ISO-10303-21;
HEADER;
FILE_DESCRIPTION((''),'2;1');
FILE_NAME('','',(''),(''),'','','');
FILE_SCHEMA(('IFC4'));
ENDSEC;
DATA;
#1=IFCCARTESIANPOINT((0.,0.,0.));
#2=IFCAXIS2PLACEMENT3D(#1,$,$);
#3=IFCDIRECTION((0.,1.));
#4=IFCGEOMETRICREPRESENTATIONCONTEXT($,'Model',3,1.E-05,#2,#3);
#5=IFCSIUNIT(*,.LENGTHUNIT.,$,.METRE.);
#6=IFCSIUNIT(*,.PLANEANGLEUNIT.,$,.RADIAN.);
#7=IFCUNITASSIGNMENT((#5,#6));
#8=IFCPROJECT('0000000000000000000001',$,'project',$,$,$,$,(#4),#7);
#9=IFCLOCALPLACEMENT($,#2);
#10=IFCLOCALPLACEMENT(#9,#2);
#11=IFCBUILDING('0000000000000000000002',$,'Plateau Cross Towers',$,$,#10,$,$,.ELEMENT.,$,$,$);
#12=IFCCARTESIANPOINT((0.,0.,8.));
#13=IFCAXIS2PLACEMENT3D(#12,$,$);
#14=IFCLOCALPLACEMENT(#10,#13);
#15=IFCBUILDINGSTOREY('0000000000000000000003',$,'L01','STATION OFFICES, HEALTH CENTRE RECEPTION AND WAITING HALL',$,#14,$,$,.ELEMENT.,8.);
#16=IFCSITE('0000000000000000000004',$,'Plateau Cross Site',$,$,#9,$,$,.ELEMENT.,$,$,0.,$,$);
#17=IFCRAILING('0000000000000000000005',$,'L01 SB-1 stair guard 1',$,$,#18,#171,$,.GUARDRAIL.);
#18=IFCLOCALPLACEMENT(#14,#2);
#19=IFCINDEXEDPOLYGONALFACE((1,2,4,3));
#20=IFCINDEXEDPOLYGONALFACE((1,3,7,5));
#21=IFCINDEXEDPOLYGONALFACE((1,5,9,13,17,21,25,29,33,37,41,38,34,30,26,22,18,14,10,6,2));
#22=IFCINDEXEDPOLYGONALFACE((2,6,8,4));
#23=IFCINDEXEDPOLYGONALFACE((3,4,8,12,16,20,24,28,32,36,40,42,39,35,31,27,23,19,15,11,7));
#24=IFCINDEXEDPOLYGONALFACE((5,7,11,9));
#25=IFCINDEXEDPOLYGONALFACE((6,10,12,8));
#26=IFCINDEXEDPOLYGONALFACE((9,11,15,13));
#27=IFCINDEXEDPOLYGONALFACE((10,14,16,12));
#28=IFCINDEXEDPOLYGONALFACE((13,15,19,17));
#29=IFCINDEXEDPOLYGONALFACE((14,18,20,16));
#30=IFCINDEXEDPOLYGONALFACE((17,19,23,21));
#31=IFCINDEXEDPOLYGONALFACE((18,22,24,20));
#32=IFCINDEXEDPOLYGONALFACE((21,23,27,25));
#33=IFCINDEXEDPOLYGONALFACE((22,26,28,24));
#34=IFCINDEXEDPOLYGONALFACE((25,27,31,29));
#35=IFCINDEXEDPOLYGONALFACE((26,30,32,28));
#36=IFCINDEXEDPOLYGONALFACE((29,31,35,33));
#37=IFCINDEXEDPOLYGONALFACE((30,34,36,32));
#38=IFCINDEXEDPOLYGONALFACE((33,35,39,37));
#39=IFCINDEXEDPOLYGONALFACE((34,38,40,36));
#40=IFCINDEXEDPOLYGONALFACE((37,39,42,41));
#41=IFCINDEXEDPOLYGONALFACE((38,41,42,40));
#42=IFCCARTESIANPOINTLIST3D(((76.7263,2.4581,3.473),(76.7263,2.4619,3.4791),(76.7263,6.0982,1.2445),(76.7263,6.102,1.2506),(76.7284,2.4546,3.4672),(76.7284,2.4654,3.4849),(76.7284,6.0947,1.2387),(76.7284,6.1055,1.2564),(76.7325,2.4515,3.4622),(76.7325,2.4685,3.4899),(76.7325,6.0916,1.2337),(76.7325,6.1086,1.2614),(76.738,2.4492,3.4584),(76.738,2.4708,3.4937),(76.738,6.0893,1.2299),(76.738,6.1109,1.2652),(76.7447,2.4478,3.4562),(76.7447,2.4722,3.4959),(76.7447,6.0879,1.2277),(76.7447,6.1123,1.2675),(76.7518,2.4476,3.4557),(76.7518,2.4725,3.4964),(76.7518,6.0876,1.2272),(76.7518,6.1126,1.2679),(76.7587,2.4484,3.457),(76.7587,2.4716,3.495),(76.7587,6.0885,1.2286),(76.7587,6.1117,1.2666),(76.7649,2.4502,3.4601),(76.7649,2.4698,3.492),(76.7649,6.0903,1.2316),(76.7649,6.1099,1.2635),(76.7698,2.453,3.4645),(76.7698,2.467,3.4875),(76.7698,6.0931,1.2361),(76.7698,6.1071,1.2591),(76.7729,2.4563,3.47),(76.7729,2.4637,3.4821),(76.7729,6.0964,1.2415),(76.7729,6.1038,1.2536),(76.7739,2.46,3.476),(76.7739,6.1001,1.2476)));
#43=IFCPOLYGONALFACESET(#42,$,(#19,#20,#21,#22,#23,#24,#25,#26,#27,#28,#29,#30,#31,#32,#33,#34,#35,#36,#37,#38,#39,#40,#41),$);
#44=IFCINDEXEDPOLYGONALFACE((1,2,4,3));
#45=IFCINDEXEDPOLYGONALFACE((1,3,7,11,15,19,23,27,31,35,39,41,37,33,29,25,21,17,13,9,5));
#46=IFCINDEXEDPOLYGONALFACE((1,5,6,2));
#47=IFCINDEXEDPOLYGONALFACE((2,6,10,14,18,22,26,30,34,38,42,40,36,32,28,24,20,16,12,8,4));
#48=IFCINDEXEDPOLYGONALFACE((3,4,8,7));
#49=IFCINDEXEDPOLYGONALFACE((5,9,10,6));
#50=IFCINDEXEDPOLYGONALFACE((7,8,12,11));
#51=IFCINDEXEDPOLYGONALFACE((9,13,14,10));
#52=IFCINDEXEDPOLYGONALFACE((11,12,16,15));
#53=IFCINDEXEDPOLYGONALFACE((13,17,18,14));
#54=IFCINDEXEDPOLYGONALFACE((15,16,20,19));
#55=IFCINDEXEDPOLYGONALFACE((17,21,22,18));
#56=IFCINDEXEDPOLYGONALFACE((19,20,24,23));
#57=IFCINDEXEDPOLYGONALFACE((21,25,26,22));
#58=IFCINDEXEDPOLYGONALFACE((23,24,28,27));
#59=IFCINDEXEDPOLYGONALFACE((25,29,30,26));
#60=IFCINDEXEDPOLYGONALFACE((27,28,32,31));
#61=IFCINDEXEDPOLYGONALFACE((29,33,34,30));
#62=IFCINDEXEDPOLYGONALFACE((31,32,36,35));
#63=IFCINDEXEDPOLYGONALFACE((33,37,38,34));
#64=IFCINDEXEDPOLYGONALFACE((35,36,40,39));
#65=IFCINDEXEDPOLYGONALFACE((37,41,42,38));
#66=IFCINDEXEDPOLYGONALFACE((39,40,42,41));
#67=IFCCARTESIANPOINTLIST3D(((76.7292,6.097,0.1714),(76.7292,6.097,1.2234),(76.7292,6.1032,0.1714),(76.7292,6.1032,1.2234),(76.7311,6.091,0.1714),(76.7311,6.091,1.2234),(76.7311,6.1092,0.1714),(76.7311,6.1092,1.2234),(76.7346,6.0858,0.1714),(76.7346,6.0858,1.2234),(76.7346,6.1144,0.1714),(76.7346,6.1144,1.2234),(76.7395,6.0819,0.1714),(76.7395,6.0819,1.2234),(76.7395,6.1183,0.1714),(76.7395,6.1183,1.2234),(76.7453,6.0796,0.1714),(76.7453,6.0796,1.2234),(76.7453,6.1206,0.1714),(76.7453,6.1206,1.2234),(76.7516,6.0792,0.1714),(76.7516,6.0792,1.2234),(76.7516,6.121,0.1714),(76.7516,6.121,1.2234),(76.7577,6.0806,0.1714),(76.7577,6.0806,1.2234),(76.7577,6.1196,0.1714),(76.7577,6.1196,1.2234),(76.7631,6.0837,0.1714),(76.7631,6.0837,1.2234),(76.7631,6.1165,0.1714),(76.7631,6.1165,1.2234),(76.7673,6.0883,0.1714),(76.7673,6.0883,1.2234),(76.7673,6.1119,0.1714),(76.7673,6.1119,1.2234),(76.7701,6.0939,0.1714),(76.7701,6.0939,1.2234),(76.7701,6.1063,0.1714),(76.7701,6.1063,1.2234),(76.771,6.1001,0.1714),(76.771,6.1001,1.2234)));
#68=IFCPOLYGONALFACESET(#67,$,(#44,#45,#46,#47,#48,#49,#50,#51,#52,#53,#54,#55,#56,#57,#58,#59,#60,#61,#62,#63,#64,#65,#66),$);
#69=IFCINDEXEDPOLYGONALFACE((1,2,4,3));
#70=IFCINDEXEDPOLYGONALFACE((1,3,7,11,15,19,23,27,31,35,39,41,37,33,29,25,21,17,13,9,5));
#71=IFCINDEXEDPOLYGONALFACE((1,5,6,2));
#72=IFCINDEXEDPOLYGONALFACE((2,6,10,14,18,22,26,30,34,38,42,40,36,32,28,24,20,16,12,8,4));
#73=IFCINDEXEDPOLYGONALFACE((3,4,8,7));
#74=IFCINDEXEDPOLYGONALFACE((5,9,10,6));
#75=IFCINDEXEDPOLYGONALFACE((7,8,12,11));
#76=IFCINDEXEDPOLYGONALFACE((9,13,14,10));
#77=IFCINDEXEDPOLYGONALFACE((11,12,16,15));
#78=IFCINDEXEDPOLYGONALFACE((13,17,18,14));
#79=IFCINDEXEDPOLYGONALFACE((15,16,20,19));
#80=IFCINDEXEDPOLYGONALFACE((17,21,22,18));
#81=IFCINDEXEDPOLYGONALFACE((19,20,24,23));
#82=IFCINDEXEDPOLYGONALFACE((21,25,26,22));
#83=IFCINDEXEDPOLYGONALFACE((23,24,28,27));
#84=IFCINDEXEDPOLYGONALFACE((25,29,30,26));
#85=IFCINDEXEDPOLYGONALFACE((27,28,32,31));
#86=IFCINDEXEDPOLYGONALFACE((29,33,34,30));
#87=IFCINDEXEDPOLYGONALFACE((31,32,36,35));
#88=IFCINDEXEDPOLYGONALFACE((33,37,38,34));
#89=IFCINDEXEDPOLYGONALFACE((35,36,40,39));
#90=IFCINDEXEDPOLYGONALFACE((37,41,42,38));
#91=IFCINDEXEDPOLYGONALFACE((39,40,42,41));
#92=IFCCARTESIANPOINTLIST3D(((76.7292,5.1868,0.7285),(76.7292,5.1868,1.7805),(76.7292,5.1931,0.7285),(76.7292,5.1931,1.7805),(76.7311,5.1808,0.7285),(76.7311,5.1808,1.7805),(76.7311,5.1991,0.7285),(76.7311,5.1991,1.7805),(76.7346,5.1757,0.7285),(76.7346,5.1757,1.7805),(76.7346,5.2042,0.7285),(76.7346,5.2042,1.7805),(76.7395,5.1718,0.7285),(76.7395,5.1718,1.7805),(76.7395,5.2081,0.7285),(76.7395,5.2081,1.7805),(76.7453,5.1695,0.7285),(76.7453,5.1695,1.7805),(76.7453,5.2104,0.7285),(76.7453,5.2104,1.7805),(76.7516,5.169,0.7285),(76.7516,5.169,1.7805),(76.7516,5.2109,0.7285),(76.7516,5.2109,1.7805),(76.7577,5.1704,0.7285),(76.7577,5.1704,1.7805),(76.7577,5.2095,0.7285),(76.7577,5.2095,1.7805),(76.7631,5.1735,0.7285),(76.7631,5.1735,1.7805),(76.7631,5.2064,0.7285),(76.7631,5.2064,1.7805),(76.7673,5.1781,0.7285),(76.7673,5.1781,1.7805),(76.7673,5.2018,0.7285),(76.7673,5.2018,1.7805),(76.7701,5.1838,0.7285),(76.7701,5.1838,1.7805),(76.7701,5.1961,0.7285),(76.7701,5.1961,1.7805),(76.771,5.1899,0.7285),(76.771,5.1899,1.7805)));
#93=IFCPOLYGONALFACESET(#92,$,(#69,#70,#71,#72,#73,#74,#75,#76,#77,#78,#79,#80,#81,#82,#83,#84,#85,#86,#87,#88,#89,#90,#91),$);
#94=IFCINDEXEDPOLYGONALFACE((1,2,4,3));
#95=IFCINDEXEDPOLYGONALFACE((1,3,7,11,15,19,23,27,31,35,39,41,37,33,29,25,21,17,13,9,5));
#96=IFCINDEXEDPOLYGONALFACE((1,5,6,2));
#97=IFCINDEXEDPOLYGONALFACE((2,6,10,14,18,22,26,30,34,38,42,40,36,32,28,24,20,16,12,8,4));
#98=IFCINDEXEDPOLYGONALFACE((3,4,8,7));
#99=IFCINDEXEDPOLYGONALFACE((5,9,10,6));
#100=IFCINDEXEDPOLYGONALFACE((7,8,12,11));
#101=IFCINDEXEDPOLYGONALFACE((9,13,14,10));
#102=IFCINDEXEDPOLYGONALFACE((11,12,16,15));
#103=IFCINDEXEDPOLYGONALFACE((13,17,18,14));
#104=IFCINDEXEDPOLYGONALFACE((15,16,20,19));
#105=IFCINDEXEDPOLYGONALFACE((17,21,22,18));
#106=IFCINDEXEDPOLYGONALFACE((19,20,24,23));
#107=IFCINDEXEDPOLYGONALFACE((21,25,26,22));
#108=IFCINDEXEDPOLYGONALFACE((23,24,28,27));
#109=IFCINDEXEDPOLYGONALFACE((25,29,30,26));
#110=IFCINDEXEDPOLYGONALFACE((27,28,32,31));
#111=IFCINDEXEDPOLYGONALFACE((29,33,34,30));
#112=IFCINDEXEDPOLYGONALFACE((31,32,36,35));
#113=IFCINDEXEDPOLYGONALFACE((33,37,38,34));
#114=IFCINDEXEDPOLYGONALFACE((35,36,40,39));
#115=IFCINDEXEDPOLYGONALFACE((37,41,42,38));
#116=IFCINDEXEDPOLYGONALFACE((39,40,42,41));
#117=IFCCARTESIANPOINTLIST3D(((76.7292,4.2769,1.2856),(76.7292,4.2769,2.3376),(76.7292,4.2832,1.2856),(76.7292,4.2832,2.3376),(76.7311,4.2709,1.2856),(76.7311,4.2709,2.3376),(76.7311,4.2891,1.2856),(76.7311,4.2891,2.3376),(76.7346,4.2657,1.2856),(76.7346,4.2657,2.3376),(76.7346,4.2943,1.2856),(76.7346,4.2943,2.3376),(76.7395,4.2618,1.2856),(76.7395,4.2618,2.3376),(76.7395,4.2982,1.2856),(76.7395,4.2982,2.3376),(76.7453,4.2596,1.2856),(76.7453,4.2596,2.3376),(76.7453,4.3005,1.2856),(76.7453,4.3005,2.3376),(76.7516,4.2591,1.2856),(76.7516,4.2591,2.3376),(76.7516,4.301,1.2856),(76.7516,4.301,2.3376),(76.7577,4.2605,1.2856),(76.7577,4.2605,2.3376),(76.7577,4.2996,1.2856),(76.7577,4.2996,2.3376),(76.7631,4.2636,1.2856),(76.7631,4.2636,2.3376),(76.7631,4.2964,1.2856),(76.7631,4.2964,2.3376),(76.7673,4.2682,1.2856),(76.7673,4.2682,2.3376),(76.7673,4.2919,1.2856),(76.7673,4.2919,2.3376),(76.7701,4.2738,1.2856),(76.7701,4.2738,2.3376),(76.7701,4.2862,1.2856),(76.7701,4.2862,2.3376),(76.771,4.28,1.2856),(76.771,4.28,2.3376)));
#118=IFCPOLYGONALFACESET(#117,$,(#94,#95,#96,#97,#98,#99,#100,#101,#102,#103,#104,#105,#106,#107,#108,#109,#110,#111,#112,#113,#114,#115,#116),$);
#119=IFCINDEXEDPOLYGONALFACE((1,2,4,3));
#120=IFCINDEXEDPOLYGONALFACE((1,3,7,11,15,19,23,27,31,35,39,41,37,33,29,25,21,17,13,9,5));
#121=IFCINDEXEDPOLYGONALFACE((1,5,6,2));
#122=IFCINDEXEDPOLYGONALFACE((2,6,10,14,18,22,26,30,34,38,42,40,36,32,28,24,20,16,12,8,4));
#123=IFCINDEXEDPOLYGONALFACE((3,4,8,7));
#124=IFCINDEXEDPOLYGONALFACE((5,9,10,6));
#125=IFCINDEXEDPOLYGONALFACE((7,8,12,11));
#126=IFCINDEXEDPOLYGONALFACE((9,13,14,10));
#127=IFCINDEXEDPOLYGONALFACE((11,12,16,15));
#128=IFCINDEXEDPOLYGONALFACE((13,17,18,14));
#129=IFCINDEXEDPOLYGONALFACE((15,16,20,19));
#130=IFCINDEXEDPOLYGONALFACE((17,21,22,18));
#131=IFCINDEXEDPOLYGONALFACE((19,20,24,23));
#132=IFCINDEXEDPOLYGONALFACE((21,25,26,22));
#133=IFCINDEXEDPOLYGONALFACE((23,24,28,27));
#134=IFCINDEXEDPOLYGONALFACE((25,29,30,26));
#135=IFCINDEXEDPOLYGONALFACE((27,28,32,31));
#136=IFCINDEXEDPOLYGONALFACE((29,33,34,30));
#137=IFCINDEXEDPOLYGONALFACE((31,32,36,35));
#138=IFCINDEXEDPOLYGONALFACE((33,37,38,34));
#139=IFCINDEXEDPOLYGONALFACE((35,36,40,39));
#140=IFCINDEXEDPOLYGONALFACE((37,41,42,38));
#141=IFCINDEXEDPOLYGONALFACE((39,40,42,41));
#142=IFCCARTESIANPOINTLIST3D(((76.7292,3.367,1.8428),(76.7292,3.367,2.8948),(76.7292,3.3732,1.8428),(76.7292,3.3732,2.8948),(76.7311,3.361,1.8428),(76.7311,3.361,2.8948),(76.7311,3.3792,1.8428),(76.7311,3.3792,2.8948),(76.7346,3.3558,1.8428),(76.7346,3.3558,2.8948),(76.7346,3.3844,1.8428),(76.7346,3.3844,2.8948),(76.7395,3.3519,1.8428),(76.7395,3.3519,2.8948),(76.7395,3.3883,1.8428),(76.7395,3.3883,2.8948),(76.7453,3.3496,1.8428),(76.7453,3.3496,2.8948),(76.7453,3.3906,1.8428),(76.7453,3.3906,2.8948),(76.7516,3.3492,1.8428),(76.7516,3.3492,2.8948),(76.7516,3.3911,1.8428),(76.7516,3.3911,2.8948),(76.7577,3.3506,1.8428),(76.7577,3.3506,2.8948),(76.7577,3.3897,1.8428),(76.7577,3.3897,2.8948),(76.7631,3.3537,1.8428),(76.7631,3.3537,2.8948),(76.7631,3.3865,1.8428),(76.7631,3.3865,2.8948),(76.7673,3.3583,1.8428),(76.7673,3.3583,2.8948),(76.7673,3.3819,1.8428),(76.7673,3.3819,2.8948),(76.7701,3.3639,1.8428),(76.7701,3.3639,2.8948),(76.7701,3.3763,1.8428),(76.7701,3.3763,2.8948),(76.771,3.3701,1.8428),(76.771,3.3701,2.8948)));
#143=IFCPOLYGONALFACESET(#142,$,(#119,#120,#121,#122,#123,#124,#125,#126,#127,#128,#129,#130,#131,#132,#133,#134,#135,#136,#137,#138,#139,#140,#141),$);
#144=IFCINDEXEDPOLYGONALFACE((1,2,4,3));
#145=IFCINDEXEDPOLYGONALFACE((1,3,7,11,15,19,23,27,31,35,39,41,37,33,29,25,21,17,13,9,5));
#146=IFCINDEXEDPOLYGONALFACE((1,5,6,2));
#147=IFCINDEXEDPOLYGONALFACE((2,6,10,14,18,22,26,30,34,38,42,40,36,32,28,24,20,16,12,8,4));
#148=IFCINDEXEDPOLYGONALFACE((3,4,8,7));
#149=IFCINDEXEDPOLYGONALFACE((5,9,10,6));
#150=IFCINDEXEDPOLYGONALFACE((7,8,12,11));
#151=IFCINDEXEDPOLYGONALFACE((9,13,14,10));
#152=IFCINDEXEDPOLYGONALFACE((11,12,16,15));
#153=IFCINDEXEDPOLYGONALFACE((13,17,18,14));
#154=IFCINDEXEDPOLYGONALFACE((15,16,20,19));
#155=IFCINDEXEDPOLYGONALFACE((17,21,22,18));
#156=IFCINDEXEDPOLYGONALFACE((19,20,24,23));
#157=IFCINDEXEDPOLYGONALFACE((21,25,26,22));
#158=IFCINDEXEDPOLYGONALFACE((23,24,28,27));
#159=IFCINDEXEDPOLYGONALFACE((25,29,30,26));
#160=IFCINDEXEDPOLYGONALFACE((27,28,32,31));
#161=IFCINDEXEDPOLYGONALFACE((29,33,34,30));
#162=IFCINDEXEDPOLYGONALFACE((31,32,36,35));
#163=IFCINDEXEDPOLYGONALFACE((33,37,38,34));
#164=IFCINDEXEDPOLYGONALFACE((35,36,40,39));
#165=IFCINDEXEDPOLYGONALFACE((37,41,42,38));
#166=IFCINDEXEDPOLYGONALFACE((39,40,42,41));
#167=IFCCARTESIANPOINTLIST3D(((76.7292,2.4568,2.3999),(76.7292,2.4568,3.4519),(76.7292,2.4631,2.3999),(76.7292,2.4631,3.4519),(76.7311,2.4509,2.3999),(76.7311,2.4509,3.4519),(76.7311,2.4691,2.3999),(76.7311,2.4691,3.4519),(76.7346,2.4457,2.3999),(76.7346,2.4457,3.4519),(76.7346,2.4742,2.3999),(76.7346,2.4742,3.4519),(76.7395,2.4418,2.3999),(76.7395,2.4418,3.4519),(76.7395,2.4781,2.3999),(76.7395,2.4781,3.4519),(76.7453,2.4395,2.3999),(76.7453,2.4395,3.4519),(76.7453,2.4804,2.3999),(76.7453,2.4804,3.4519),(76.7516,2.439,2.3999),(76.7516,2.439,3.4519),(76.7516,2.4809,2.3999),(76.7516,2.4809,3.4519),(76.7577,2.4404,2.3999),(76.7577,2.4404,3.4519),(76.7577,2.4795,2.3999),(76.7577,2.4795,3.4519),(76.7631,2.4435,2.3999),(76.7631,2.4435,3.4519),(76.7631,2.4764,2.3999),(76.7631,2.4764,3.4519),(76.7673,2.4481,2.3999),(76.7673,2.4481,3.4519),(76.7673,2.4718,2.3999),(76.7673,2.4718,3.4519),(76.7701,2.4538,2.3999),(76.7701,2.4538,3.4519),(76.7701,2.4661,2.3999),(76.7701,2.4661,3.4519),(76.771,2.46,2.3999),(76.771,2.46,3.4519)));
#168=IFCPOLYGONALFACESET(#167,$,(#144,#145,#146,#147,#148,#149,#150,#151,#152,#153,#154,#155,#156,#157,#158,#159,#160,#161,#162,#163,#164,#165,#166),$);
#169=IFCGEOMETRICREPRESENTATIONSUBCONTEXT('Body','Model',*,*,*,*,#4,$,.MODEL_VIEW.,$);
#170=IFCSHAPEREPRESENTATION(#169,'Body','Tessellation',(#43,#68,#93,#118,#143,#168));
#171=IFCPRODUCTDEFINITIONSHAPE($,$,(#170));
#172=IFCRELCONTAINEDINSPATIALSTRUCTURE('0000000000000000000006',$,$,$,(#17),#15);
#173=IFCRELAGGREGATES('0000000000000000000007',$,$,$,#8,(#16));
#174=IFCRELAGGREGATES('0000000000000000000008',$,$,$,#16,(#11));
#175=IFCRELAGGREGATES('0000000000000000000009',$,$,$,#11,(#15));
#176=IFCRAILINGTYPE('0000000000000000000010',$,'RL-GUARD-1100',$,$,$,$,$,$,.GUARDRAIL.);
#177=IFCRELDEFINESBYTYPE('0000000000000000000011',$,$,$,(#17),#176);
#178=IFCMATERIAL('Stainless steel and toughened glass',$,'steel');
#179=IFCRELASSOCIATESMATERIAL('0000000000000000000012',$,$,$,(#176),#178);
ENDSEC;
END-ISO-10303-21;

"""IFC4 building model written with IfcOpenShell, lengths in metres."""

from ifc_helpers import new_model, si_unit, direction, frame, origin, origin_2d, place, context, subcontext, project, spatial, circle, extrude, material, type_object, element, save


model = new_model("IFC4")

# Units and contexts
model_context = context("Model", 3, precision=1e-05, world=origin(), true_north=direction((0.0, 1.0)))
body_context = subcontext(model_context, "Body", "Model", "MODEL_VIEW")
ifc_project = project(units=[si_unit("LENGTHUNIT", "METRE"), si_unit("PLANEANGLEUNIT", "RADIAN")], contexts=[model_context])

# Site, building, storey
site_placement = place(None, origin())
site = spatial("IfcSite", under=ifc_project, at=site_placement, Name="Plateau Cross Site", CompositionType="ELEMENT", RefElevation=0.0)
building_placement = place(site_placement, origin())
building = spatial("IfcBuilding", under=site, at=building_placement, Name="Plateau Cross Towers", CompositionType="ELEMENT")
storey_placement = place(building_placement, frame((0.0, 0.0, 8.0)))
storey = spatial("IfcBuildingStorey", under=building, at=storey_placement, Name="L01", Description="STATION OFFICES, HEALTH CENTRE RECEPTION AND WAITING HALL", CompositionType="ELEMENT", Elevation=8.0)

# Railing
ifc_material_1 = material(Name="Stainless steel and toughened glass", Category="steel")
railing_type_1 = type_object("IfcRailingType", Name="RL-GUARD-1100", PredefinedType="GUARDRAIL", material=ifc_material_1)
railing_1_placement = place(storey_placement, frame((76.75, 6.1001, 0.1714)))
element("IfcRailing", 1, at=railing_1_placement, inside=storey, type_object=railing_type_1, Name="L01 SB-1 stair guard 1", PredefinedType="GUARDRAIL", context=body_context, shape_type="SweptSolid", body=[
    extrude(circle(Radius=0.0239, at=origin_2d()), frame((0.0, 0.0, 1.0762), z_axis=(0.0, -0.852866, 0.52213), x_axis=(1.0, 0.0, 0.0)), (0.0, 0.0, 1.0), 4.2681),
    extrude(circle(Radius=0.021, at=origin_2d()), origin(), (0.0, 0.0, 1.0), 1.052),
    extrude(circle(Radius=0.021, at=origin_2d()), frame((0.0, -0.9102, 0.5571)), (0.0, 0.0, 1.0), 1.052),
    extrude(circle(Radius=0.021, at=origin_2d()), frame((0.0, -1.8201, 1.1143)), (0.0, 0.0, 1.0), 1.052),
    extrude(circle(Radius=0.021, at=origin_2d()), frame((0.0, -2.73, 1.6714)), (0.0, 0.0, 1.0), 1.052),
    extrude(circle(Radius=0.021, at=origin_2d()), frame((0.0, -3.6401, 2.2285)), (0.0, 0.0, 1.0), 1.052),
])

save(model, "model.ifc")
